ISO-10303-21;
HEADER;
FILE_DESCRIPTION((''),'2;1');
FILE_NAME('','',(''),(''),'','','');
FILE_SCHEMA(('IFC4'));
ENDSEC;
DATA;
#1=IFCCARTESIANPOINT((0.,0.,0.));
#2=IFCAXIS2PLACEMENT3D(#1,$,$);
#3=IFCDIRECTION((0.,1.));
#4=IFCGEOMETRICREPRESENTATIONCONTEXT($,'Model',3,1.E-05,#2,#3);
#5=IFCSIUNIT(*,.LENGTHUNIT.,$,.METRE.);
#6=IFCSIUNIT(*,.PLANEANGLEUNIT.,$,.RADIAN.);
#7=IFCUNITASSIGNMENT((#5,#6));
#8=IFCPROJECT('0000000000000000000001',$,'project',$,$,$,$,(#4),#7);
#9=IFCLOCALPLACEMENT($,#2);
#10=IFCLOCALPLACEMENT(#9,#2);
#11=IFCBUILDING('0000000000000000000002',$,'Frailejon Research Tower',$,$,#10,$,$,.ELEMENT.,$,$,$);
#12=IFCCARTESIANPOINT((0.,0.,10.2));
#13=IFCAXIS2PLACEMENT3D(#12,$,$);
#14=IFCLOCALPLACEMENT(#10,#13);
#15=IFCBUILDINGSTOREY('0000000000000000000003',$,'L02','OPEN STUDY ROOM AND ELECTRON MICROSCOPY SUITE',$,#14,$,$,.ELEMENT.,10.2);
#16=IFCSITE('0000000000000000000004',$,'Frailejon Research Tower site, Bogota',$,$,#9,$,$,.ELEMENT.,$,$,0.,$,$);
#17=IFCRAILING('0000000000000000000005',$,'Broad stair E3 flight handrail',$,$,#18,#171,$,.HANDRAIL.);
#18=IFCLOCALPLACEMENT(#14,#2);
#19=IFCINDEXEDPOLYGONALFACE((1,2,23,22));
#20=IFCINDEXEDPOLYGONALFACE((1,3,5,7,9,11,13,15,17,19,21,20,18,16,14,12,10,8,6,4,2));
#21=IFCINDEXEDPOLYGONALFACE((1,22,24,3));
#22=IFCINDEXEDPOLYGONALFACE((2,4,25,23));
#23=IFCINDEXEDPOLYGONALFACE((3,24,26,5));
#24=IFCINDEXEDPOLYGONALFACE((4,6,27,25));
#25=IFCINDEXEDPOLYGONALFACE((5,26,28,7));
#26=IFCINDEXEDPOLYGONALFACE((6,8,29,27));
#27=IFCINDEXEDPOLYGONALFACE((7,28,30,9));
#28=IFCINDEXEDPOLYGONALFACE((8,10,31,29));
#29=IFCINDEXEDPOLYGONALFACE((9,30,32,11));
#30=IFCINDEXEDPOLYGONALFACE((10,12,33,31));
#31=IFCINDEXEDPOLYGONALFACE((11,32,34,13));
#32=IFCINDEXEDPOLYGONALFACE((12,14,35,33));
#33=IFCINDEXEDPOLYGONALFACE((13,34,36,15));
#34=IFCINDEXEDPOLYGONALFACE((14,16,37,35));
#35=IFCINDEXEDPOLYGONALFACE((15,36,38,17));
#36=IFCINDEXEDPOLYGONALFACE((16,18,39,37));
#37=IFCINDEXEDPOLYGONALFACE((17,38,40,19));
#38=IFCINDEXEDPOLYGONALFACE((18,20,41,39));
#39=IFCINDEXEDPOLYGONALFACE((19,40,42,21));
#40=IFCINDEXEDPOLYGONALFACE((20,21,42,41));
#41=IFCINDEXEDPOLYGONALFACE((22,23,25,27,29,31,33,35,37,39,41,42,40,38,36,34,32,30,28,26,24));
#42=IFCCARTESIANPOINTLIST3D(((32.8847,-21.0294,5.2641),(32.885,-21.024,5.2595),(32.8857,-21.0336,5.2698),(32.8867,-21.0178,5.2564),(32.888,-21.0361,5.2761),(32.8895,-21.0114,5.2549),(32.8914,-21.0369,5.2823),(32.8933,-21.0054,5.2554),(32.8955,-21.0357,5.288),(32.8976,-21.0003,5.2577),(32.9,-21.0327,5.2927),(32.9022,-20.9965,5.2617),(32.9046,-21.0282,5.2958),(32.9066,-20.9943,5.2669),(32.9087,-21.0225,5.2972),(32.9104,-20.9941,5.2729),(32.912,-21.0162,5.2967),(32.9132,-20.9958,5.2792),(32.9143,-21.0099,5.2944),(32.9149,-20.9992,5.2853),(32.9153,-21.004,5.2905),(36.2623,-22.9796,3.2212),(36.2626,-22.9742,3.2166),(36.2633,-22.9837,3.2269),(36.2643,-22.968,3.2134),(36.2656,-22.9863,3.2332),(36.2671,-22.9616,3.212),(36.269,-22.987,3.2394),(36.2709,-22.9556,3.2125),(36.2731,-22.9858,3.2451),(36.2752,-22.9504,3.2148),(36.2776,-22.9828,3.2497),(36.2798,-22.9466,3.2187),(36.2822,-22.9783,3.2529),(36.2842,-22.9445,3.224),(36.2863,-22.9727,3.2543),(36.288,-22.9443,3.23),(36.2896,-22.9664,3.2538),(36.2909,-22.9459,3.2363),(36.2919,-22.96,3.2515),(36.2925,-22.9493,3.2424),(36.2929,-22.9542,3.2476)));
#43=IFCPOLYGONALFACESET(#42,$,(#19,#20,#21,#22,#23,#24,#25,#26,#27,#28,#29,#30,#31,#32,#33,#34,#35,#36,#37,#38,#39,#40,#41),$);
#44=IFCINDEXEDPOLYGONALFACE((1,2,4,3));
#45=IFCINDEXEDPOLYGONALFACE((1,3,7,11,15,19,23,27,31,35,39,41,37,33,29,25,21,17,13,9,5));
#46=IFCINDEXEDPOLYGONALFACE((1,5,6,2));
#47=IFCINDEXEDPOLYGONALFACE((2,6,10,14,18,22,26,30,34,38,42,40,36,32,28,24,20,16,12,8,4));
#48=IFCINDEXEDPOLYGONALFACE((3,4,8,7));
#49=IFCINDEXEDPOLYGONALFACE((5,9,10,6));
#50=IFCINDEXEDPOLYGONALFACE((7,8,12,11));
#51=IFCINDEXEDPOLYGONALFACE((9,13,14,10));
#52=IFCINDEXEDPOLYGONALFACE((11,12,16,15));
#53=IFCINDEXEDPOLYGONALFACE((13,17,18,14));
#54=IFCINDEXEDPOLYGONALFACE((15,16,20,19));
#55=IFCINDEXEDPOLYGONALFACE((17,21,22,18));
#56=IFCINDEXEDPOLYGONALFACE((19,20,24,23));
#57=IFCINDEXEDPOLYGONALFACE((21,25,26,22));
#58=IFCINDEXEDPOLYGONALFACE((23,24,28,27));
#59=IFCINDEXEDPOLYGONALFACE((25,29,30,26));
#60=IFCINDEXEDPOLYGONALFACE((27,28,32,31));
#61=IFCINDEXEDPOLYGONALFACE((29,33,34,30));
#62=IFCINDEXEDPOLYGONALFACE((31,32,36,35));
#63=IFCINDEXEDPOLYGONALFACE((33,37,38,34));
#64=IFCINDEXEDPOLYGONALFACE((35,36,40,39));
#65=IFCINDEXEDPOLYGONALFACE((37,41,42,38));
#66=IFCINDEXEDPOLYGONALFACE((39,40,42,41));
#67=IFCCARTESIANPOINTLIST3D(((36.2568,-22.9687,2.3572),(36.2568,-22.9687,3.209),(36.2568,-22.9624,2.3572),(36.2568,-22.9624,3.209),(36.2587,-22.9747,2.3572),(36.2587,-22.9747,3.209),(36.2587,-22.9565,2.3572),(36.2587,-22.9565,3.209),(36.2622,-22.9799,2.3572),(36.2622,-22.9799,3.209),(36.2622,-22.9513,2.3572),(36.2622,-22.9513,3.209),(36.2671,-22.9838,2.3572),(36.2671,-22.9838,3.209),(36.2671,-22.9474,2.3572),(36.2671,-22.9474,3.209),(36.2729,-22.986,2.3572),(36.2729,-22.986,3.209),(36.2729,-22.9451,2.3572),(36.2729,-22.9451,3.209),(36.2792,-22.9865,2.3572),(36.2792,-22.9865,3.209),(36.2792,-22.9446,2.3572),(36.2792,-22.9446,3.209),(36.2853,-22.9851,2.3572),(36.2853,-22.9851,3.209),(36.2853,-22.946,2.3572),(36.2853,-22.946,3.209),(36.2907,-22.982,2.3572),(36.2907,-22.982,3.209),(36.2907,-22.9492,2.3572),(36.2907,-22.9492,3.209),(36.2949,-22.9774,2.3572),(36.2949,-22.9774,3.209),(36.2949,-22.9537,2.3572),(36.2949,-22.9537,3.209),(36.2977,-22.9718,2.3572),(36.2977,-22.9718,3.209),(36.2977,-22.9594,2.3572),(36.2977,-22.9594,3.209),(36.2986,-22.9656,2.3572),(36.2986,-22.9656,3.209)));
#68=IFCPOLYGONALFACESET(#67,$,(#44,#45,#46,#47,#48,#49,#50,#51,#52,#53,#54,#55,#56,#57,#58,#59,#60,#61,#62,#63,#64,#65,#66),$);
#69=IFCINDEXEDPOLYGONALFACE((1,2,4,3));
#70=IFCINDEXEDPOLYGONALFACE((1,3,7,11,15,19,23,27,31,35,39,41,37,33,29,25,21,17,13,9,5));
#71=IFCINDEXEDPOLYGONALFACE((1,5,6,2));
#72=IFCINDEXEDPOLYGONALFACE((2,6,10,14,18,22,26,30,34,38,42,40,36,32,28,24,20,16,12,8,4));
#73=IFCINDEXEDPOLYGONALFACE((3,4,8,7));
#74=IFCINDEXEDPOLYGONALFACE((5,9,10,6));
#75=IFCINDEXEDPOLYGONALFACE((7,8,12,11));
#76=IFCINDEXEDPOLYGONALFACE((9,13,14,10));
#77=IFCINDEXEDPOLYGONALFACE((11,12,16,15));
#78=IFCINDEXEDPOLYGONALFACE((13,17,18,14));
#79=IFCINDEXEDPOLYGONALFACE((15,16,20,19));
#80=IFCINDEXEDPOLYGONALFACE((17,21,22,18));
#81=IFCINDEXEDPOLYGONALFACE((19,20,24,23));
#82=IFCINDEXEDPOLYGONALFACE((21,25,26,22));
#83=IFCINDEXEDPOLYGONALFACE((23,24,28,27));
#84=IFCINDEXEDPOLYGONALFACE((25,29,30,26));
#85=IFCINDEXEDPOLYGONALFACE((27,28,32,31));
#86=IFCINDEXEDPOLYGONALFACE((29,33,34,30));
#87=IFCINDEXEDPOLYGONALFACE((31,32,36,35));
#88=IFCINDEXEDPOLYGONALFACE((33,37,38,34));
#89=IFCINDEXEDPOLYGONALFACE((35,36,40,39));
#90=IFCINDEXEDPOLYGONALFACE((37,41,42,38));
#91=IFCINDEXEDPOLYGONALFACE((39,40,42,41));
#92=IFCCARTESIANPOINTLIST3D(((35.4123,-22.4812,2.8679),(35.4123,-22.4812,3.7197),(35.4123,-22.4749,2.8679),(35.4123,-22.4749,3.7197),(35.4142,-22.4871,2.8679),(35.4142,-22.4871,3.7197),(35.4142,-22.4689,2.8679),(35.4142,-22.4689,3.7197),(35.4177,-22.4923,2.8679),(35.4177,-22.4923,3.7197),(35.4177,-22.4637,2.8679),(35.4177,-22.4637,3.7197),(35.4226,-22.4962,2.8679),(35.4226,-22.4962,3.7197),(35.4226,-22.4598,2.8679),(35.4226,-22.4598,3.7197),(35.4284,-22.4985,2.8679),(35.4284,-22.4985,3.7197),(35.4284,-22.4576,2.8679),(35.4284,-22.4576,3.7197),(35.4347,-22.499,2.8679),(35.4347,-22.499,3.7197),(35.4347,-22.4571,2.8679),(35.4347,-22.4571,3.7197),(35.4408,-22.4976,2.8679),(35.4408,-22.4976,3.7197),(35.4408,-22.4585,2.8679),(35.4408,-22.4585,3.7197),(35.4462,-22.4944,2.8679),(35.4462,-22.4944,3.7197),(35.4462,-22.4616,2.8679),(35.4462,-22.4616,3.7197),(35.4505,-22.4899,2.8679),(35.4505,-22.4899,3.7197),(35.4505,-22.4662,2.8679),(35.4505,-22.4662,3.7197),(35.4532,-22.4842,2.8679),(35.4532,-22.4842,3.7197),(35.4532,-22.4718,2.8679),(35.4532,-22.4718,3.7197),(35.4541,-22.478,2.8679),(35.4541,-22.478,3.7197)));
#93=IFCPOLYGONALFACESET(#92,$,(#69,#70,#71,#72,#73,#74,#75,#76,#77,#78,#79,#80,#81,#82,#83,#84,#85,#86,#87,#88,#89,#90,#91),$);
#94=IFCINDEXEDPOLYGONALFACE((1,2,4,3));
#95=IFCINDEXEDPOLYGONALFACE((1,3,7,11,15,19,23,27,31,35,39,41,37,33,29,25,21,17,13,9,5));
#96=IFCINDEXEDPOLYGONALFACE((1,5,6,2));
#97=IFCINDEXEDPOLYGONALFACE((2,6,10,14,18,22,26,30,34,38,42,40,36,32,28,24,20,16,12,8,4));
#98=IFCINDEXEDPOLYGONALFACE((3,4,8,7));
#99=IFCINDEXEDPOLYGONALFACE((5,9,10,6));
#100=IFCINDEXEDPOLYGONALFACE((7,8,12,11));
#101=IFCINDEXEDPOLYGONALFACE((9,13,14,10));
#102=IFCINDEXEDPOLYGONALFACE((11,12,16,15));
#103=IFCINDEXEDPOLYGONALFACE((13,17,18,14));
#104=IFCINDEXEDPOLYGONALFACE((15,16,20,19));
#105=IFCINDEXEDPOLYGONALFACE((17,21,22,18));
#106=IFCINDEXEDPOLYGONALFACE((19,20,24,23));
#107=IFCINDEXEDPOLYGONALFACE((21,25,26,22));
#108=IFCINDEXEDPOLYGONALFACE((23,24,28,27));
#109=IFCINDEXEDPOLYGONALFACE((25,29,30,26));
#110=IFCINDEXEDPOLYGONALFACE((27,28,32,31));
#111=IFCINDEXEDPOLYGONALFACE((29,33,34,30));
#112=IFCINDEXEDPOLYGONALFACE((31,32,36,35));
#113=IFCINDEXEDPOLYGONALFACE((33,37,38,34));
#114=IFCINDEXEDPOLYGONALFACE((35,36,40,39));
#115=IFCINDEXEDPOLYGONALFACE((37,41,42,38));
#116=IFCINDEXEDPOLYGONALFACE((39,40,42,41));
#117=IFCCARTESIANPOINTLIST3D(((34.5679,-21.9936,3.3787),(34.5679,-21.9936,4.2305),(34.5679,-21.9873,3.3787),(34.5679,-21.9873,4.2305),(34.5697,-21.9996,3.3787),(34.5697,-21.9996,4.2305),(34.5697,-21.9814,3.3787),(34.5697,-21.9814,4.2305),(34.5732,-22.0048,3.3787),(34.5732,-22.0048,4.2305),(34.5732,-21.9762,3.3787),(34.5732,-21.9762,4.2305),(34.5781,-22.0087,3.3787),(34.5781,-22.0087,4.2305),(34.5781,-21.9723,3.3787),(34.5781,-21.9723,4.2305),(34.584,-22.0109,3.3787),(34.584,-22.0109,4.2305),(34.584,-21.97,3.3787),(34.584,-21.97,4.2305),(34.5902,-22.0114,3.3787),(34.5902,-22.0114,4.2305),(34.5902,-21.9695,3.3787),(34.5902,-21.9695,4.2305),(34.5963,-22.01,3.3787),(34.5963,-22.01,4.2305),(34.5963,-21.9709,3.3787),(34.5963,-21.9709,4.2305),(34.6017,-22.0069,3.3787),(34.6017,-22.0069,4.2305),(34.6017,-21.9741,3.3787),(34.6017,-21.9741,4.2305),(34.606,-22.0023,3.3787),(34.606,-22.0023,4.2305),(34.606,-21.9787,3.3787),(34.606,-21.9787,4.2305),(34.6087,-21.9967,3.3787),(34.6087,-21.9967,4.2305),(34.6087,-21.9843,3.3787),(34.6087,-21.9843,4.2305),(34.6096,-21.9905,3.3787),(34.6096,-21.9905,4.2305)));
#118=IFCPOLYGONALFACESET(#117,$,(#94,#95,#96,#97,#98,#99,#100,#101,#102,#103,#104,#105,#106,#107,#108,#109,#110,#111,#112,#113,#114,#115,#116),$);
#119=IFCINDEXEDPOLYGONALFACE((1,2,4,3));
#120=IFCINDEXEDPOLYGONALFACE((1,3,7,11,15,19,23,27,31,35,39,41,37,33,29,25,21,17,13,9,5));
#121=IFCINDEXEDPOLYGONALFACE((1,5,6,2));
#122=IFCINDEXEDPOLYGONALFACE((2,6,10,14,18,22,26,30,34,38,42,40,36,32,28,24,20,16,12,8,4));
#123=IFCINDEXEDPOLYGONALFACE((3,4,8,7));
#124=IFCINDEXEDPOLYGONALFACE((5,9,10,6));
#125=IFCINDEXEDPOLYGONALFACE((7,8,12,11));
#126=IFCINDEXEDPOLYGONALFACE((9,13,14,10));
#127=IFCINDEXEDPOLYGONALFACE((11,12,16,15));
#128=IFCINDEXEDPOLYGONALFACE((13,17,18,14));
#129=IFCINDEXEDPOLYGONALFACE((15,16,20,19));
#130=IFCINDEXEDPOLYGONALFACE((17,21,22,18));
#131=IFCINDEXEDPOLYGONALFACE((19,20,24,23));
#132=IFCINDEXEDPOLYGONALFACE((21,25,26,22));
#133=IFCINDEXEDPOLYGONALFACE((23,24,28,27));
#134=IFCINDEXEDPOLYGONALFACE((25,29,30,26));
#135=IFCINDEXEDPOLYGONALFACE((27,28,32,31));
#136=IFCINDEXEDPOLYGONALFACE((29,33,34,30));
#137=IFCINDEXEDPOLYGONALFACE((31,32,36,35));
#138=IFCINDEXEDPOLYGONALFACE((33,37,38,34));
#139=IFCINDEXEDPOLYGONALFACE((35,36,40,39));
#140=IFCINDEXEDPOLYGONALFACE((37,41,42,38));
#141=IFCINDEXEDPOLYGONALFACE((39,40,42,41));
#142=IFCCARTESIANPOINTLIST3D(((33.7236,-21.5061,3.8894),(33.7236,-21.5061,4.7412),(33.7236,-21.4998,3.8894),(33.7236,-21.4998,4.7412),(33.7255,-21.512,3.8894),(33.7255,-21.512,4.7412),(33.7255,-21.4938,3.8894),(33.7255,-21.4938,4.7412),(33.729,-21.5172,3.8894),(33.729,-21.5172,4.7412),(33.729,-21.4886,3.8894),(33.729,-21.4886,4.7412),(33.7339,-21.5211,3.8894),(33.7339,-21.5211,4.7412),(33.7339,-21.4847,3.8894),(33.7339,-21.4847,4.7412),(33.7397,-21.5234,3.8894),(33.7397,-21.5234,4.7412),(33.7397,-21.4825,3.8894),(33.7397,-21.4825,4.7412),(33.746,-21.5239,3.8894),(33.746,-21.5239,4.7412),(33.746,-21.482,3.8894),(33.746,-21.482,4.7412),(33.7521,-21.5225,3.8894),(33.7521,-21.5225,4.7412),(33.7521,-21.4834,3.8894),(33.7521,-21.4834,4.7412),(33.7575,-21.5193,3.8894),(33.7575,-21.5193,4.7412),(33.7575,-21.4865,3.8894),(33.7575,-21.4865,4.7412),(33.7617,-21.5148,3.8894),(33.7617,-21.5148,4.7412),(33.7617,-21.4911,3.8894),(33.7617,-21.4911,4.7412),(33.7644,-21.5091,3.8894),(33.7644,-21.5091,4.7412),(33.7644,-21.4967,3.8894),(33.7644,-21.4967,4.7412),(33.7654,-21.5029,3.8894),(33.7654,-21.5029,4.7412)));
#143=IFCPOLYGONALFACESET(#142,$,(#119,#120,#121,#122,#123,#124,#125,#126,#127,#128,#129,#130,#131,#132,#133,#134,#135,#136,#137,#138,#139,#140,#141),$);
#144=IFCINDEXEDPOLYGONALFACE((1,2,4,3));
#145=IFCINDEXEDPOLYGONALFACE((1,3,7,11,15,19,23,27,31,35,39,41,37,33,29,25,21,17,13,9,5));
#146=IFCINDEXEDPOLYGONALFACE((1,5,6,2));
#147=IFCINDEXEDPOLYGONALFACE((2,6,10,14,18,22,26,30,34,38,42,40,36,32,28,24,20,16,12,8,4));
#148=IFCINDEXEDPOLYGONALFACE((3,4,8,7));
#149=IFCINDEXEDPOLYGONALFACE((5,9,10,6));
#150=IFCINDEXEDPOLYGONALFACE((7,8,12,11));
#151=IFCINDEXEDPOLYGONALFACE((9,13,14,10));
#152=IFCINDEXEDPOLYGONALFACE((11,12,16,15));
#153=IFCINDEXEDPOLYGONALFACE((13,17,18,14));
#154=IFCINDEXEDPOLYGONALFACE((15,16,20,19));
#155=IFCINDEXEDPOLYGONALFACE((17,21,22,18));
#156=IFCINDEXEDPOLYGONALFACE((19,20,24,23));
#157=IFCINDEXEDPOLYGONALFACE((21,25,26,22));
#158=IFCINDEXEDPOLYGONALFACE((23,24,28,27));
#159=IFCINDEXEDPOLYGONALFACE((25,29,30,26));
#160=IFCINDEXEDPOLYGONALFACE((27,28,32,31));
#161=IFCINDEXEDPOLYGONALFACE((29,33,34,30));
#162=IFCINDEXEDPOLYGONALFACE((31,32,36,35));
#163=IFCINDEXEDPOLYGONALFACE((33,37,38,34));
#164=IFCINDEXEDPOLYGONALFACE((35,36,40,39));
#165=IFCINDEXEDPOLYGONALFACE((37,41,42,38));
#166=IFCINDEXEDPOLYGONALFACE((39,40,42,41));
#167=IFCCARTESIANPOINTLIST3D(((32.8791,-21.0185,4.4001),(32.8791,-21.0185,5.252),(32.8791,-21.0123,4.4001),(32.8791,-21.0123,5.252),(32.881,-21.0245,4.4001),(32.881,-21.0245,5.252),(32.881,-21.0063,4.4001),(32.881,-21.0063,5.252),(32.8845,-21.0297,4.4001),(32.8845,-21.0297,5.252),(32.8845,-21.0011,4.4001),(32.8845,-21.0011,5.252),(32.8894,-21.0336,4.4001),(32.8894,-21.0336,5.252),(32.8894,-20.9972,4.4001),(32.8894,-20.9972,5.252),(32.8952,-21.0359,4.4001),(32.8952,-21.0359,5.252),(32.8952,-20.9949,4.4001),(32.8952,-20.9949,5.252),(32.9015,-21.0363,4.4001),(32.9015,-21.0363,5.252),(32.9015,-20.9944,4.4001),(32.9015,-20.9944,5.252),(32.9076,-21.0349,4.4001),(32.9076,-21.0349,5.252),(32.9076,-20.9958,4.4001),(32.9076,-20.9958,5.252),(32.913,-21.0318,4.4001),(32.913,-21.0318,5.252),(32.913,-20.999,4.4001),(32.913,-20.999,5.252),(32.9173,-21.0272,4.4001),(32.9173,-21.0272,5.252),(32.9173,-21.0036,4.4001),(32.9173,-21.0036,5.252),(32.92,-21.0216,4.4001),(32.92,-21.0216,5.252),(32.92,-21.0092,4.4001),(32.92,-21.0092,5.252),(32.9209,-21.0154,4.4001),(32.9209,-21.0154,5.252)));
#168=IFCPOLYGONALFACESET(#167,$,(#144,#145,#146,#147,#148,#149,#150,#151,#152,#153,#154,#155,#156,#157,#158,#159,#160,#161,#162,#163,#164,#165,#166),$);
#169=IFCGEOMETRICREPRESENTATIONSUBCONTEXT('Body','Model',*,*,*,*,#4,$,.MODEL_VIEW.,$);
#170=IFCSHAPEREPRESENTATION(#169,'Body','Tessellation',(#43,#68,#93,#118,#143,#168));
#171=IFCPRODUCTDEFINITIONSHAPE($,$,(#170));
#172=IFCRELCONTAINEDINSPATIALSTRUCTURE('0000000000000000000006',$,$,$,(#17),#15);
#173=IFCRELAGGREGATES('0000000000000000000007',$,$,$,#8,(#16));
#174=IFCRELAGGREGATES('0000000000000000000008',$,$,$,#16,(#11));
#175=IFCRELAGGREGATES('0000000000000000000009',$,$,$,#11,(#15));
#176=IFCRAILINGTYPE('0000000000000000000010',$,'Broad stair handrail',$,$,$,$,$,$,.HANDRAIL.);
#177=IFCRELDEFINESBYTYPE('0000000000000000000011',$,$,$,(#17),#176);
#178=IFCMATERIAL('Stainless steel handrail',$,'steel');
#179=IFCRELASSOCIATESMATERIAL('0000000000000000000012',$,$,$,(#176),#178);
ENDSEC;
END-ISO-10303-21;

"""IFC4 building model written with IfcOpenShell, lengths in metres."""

from ifc_helpers import new_model, si_unit, direction, frame, origin, origin_2d, place, context, subcontext, project, spatial, circle, extrude, material, type_object, element, save


model = new_model("IFC4")

# Units and contexts
model_context = context("Model", 3, precision=1e-05, world=origin(), true_north=direction((0.0, 1.0)))
body_context = subcontext(model_context, "Body", "Model", "MODEL_VIEW")
ifc_project = project(units=[si_unit("LENGTHUNIT", "METRE"), si_unit("PLANEANGLEUNIT", "RADIAN")], contexts=[model_context])

# Site, building, storey
site_placement = place(None, origin())
site = spatial("IfcSite", under=ifc_project, at=site_placement, Name="Frailejon Research Tower site, Bogota", CompositionType="ELEMENT", RefElevation=0.0)
building_placement = place(site_placement, origin())
building = spatial("IfcBuilding", under=site, at=building_placement, Name="Frailejon Research Tower", CompositionType="ELEMENT")
storey_placement = place(building_placement, frame((0.0, 0.0, 10.2)))
storey = spatial("IfcBuildingStorey", under=building, at=storey_placement, Name="L02", Description="OPEN STUDY ROOM AND ELECTRON MICROSCOPY SUITE", CompositionType="ELEMENT", Elevation=10.2)

# Railing
ifc_material_1 = material(Name="Stainless steel handrail", Category="steel")
railing_type_1 = type_object("IfcRailingType", Name="Broad stair handrail", PredefinedType="HANDRAIL", material=ifc_material_1)
for number, where, name in (
    (1, (36.2776, -22.9656, 2.3572), "Broad stair E3 flight handrail"),
):
    element("IfcRailing", number, at=place(storey_placement, frame(where)), inside=storey, type_object=railing_type_1, Name=name, PredefinedType="HANDRAIL", context=body_context, shape_type="SweptSolid", body=[
        extrude(circle(Radius=0.0239, at=origin_2d()), frame((0.0, 0.0, 0.876), z_axis=(-0.767146, 0.442932, 0.464003), x_axis=(-0.500017, -0.866016, 0.0)), (0.0, 0.0, 1.0), 4.4028),
        extrude(circle(Radius=0.021, at=origin_2d()), origin(), (0.0, 0.0, 1.0), 0.8518),
        extrude(circle(Radius=0.021, at=origin_2d()), frame((-0.8445, 0.4875, 0.5107)), (0.0, 0.0, 1.0), 0.8518),
        extrude(circle(Radius=0.021, at=origin_2d()), frame((-1.689, 0.9751, 1.0215)), (0.0, 0.0, 1.0), 0.8518),
        extrude(circle(Radius=0.021, at=origin_2d()), frame((-2.5332, 1.4626, 1.5322)), (0.0, 0.0, 1.0), 0.8518),
        extrude(circle(Radius=0.021, at=origin_2d()), frame((-3.3777, 1.9502, 2.043)), (0.0, 0.0, 1.0), 0.8518),
    ])

save(model, "model.ifc")
